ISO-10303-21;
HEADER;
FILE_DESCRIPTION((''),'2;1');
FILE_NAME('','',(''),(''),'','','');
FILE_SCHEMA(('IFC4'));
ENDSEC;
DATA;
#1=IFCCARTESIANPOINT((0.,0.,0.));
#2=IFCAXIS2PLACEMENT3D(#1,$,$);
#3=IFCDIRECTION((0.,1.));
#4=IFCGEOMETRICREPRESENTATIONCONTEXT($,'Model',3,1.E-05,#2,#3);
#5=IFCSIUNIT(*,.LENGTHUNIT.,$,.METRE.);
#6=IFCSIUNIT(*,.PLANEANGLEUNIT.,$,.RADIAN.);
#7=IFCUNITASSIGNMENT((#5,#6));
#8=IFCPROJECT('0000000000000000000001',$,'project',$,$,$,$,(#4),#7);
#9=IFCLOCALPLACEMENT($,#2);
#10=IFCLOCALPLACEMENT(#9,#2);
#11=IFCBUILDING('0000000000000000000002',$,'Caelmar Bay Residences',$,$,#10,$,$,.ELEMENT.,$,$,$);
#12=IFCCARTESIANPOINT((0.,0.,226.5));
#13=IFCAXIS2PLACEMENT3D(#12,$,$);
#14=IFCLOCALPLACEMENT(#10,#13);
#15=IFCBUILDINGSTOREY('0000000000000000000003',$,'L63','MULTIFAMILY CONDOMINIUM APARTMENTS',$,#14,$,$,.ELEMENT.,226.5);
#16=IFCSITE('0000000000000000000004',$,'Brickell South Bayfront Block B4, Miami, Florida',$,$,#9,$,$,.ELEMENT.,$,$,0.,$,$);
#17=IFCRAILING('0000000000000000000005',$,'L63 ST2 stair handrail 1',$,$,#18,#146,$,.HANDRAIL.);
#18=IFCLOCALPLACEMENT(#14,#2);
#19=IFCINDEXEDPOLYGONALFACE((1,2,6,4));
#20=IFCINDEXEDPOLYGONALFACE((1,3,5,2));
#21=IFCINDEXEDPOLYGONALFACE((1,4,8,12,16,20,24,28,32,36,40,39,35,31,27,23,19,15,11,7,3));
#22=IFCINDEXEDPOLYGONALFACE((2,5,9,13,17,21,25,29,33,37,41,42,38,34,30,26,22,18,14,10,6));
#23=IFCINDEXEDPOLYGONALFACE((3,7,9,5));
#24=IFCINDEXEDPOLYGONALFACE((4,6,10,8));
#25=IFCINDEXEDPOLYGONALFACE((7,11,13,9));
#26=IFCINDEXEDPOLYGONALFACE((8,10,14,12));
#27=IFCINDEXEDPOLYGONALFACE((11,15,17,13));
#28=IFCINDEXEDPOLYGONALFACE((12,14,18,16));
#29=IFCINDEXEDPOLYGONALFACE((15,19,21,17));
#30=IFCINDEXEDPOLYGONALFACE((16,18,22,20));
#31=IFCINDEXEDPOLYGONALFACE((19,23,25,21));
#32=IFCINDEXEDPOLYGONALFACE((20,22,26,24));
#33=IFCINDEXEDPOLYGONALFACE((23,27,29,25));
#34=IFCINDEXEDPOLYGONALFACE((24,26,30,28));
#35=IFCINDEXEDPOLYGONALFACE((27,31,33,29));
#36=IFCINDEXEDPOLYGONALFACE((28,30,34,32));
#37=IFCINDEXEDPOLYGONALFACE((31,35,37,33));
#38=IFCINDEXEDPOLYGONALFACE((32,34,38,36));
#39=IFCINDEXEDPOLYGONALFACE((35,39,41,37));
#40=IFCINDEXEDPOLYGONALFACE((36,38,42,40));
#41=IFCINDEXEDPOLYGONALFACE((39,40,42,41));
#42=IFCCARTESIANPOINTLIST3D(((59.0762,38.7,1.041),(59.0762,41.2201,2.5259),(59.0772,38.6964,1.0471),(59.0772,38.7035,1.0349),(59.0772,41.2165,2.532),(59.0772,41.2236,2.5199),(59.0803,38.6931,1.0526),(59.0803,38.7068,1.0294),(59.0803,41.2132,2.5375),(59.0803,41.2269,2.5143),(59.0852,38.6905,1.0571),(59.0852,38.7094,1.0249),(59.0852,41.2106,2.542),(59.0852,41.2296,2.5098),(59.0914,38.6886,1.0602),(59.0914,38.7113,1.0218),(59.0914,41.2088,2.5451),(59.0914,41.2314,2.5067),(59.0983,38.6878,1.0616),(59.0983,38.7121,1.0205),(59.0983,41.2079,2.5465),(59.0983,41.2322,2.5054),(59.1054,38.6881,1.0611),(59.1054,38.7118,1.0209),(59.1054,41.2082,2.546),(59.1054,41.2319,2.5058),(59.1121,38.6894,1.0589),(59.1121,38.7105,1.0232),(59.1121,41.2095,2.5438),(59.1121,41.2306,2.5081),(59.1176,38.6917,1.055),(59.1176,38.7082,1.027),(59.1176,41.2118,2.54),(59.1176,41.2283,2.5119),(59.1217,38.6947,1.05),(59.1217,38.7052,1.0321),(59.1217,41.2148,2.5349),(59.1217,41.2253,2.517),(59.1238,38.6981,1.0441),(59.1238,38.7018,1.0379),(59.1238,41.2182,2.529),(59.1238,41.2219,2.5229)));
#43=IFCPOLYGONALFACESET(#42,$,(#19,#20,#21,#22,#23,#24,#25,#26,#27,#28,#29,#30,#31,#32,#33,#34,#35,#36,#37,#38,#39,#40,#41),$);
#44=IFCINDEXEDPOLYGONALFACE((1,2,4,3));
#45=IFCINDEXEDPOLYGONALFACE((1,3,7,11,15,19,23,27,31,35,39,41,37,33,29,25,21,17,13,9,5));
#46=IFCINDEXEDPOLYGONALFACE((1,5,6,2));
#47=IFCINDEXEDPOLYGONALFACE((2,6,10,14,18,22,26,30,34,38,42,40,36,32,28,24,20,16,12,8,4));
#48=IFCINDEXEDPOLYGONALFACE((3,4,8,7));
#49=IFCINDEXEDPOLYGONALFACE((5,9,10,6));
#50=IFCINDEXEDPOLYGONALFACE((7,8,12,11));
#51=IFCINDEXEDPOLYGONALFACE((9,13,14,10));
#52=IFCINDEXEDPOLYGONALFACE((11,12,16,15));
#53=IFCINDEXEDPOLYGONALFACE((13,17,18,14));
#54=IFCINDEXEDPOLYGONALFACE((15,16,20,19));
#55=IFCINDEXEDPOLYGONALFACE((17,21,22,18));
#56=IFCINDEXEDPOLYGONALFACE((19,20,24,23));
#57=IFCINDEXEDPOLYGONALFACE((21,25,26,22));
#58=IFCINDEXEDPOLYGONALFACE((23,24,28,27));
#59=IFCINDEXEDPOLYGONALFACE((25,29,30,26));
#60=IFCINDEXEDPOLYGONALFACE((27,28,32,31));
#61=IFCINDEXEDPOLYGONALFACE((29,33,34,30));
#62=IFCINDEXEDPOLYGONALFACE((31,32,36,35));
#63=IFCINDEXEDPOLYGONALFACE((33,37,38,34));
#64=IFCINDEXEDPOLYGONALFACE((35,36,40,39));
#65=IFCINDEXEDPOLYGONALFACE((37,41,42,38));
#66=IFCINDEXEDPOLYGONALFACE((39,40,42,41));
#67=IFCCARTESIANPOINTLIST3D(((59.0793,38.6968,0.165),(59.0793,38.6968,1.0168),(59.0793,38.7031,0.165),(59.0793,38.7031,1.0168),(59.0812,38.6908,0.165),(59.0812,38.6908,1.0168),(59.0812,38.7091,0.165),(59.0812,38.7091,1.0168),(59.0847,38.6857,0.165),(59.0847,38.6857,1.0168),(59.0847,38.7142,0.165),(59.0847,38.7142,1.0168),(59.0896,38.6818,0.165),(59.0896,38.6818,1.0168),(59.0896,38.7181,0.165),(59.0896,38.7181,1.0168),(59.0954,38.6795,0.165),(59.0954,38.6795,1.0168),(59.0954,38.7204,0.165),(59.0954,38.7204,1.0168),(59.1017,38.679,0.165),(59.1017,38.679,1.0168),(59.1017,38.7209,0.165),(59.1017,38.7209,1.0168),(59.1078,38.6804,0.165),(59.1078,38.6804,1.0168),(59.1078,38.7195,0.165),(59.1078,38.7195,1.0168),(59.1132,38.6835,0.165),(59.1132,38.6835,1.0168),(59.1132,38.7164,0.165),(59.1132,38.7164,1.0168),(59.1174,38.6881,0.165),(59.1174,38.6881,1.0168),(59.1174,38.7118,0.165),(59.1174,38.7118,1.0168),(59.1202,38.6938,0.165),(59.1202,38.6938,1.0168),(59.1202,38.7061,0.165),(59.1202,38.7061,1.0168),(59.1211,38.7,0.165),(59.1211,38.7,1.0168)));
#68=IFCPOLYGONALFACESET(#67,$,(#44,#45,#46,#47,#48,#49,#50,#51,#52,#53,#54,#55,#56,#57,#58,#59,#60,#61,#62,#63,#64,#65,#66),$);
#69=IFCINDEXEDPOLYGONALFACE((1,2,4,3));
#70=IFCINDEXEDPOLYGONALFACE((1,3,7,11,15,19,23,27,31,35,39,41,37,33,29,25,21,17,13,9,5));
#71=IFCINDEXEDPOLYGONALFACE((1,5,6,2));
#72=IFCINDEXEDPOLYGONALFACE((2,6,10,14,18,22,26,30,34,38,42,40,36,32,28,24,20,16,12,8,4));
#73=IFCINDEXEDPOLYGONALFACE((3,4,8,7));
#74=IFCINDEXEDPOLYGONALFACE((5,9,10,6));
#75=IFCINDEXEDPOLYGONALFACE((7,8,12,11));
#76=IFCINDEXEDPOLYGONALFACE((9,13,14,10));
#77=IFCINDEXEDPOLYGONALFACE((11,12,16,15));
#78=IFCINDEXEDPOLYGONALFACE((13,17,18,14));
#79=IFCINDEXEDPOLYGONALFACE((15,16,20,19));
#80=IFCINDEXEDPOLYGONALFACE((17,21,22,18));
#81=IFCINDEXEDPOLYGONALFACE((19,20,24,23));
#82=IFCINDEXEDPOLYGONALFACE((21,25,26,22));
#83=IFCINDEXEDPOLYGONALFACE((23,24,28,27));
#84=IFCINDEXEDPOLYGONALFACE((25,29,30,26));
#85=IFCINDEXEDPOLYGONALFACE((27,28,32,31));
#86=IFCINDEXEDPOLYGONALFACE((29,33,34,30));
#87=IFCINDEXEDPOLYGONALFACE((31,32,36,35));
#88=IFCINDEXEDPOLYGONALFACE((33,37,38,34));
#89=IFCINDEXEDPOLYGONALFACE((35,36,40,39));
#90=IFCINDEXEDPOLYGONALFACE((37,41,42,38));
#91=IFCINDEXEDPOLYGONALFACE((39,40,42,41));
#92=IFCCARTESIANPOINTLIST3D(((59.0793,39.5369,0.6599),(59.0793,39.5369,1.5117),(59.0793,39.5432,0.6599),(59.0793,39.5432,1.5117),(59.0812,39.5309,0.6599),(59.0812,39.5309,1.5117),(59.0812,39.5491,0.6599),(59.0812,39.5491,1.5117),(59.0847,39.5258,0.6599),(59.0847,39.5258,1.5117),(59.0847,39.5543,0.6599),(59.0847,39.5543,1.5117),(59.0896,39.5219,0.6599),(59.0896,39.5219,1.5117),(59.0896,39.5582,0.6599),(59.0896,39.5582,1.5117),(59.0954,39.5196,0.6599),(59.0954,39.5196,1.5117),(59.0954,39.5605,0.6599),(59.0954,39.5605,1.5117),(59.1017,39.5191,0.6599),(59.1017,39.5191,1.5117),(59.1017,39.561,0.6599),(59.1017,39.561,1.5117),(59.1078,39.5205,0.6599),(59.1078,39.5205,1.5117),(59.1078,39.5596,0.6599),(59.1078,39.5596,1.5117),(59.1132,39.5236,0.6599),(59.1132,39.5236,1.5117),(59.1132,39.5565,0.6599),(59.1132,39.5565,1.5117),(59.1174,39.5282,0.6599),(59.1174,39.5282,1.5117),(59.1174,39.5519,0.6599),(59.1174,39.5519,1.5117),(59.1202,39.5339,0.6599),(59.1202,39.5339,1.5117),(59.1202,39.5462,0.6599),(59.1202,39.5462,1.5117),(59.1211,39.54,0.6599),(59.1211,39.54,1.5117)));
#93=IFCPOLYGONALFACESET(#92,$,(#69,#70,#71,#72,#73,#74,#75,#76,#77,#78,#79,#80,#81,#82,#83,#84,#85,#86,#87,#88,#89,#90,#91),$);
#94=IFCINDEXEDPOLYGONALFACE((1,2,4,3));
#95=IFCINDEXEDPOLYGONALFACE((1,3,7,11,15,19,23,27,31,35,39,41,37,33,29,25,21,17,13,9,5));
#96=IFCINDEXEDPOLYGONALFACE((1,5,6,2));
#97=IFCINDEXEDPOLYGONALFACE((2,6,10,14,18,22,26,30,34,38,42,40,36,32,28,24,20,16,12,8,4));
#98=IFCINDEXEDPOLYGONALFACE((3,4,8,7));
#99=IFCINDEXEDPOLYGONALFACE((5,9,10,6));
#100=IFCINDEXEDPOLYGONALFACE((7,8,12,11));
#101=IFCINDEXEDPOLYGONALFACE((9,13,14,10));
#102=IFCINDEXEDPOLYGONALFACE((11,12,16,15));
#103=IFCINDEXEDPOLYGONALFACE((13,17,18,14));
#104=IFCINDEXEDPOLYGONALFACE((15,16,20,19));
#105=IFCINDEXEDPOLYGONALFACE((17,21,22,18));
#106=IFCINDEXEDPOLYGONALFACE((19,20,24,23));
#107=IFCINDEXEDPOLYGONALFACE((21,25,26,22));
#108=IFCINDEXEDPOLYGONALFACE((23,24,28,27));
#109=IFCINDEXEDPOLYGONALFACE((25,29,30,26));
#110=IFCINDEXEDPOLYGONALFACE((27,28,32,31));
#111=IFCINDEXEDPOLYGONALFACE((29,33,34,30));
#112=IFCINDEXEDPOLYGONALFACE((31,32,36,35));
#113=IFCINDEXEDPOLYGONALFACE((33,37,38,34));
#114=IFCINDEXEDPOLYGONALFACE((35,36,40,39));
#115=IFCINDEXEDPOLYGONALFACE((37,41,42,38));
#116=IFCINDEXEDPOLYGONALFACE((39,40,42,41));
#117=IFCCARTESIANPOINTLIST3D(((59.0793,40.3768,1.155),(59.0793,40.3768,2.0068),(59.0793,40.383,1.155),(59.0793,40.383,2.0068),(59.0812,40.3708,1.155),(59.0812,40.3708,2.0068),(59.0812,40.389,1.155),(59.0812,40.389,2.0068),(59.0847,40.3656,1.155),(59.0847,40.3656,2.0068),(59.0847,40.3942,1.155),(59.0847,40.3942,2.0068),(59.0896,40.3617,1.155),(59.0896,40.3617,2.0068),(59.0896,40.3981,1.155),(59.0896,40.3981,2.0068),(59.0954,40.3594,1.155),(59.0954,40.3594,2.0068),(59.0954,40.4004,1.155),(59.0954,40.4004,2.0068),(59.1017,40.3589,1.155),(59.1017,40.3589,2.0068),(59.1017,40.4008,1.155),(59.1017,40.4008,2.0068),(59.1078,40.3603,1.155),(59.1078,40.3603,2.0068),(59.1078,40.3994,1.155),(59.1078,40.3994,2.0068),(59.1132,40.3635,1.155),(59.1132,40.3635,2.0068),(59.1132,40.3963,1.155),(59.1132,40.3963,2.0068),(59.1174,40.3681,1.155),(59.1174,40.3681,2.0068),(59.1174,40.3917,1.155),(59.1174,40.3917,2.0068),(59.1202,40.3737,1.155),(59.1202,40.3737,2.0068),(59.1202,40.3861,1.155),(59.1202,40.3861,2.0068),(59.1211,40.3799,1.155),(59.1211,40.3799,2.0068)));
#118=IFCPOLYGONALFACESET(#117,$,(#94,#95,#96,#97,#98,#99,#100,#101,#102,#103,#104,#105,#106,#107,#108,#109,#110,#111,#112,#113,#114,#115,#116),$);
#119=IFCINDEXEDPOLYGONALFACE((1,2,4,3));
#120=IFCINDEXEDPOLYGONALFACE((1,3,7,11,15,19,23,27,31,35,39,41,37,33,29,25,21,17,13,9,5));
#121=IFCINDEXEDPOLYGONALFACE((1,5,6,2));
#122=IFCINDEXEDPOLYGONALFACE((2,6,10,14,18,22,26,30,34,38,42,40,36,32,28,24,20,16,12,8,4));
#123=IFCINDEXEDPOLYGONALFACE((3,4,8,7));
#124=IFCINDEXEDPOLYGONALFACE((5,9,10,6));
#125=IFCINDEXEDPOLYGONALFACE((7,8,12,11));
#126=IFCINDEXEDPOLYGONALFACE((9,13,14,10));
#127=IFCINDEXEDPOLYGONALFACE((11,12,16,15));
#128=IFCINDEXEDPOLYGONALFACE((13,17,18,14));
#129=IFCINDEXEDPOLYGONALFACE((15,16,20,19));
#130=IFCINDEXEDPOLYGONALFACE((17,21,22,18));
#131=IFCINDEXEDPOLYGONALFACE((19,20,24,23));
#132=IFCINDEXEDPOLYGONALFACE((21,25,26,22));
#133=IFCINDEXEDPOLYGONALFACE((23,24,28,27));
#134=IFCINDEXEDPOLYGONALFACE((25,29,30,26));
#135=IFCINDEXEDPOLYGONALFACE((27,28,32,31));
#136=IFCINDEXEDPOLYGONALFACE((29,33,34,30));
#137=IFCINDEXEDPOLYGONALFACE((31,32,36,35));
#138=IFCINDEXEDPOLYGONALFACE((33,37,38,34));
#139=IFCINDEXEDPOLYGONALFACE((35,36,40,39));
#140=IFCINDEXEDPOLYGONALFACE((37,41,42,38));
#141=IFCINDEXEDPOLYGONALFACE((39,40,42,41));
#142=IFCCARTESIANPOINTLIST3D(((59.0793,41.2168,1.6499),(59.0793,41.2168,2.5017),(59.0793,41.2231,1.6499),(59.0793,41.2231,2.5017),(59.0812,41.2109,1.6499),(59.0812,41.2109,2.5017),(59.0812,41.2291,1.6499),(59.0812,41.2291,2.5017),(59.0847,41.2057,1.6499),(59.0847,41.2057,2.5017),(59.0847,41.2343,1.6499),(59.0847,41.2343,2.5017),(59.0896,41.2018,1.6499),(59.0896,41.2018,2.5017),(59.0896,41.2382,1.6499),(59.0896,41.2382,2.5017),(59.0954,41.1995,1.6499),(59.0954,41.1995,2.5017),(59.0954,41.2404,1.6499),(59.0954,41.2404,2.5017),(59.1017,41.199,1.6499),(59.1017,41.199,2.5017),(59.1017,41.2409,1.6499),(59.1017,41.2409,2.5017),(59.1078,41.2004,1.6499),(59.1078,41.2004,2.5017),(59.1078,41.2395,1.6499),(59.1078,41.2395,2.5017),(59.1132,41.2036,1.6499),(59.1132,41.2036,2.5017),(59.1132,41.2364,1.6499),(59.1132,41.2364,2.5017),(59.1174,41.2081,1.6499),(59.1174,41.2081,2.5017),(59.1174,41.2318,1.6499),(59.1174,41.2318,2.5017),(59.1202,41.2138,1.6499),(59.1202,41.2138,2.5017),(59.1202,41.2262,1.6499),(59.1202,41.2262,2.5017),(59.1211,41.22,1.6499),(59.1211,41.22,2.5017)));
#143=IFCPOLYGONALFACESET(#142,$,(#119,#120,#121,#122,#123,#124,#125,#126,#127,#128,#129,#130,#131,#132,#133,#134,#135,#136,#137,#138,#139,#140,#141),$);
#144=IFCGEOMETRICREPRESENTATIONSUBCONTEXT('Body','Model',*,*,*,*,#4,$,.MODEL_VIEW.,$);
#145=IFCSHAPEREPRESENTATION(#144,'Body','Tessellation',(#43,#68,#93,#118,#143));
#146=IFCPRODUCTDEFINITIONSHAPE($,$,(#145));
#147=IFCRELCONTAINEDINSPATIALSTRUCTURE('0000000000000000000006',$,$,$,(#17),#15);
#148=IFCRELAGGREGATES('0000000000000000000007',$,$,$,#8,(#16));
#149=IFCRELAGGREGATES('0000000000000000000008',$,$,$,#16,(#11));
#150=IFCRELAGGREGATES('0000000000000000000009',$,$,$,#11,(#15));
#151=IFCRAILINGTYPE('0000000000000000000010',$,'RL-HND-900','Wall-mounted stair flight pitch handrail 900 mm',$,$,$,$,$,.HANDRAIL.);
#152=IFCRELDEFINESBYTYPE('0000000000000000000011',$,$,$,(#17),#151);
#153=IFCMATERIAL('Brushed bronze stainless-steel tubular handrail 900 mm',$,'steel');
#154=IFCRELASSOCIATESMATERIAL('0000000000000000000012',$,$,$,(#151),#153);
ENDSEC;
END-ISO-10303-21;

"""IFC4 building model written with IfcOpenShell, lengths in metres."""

from ifc_helpers import new_model, si_unit, direction, frame, origin, origin_2d, place, context, subcontext, project, spatial, circle, extrude, material, type_object, element, save


model = new_model("IFC4")

# Units and contexts
model_context = context("Model", 3, precision=1e-05, world=origin(), true_north=direction((0.0, 1.0)))
body_context = subcontext(model_context, "Body", "Model", "MODEL_VIEW")
ifc_project = project(units=[si_unit("LENGTHUNIT", "METRE"), si_unit("PLANEANGLEUNIT", "RADIAN")], contexts=[model_context])

# Site, building, storey
site_placement = place(None, origin())
site = spatial("IfcSite", under=ifc_project, at=site_placement, Name="Brickell South Bayfront Block B4, Miami, Florida", CompositionType="ELEMENT", RefElevation=0.0)
building_placement = place(site_placement, origin())
building = spatial("IfcBuilding", under=site, at=building_placement, Name="Caelmar Bay Residences", CompositionType="ELEMENT")
storey_placement = place(building_placement, frame((0.0, 0.0, 226.5)))
storey = spatial("IfcBuildingStorey", under=building, at=storey_placement, Name="L63", Description="MULTIFAMILY CONDOMINIUM APARTMENTS", CompositionType="ELEMENT", Elevation=226.5)

# Railing
ifc_material_1 = material(Name="Brushed bronze stainless-steel tubular handrail 900 mm", Category="steel")
railing_type_1 = type_object("IfcRailingType", Name="RL-HND-900", Description="Wall-mounted stair flight pitch handrail 900 mm", PredefinedType="HANDRAIL", material=ifc_material_1)
railing_1_placement = place(storey_placement, frame((59.1001, 38.7, 0.165)))
element("IfcRailing", 1, at=railing_1_placement, inside=storey, type_object=railing_type_1, Name="L63 ST2 stair handrail 1", PredefinedType="HANDRAIL", context=body_context, shape_type="SweptSolid", body=[
    extrude(circle(Radius=0.0239, at=origin_2d()), frame((0.0, 0.0, 0.876), z_axis=(0.0, 0.861561, 0.507655), x_axis=(-1.0, 0.0, 0.0)), (0.0, 0.0, 1.0), 2.925),
    extrude(circle(Radius=0.021, at=origin_2d()), origin(), (0.0, 0.0, 1.0), 0.8518),
    extrude(circle(Radius=0.021, at=origin_2d()), frame((0.0, 0.8401, 0.4949)), (0.0, 0.0, 1.0), 0.8518),
    extrude(circle(Radius=0.021, at=origin_2d()), frame((0.0, 1.6799, 0.99)), (0.0, 0.0, 1.0), 0.8518),
    extrude(circle(Radius=0.021, at=origin_2d()), frame((0.0, 2.52, 1.4849)), (0.0, 0.0, 1.0), 0.8518),
])

save(model, "model.ifc")
